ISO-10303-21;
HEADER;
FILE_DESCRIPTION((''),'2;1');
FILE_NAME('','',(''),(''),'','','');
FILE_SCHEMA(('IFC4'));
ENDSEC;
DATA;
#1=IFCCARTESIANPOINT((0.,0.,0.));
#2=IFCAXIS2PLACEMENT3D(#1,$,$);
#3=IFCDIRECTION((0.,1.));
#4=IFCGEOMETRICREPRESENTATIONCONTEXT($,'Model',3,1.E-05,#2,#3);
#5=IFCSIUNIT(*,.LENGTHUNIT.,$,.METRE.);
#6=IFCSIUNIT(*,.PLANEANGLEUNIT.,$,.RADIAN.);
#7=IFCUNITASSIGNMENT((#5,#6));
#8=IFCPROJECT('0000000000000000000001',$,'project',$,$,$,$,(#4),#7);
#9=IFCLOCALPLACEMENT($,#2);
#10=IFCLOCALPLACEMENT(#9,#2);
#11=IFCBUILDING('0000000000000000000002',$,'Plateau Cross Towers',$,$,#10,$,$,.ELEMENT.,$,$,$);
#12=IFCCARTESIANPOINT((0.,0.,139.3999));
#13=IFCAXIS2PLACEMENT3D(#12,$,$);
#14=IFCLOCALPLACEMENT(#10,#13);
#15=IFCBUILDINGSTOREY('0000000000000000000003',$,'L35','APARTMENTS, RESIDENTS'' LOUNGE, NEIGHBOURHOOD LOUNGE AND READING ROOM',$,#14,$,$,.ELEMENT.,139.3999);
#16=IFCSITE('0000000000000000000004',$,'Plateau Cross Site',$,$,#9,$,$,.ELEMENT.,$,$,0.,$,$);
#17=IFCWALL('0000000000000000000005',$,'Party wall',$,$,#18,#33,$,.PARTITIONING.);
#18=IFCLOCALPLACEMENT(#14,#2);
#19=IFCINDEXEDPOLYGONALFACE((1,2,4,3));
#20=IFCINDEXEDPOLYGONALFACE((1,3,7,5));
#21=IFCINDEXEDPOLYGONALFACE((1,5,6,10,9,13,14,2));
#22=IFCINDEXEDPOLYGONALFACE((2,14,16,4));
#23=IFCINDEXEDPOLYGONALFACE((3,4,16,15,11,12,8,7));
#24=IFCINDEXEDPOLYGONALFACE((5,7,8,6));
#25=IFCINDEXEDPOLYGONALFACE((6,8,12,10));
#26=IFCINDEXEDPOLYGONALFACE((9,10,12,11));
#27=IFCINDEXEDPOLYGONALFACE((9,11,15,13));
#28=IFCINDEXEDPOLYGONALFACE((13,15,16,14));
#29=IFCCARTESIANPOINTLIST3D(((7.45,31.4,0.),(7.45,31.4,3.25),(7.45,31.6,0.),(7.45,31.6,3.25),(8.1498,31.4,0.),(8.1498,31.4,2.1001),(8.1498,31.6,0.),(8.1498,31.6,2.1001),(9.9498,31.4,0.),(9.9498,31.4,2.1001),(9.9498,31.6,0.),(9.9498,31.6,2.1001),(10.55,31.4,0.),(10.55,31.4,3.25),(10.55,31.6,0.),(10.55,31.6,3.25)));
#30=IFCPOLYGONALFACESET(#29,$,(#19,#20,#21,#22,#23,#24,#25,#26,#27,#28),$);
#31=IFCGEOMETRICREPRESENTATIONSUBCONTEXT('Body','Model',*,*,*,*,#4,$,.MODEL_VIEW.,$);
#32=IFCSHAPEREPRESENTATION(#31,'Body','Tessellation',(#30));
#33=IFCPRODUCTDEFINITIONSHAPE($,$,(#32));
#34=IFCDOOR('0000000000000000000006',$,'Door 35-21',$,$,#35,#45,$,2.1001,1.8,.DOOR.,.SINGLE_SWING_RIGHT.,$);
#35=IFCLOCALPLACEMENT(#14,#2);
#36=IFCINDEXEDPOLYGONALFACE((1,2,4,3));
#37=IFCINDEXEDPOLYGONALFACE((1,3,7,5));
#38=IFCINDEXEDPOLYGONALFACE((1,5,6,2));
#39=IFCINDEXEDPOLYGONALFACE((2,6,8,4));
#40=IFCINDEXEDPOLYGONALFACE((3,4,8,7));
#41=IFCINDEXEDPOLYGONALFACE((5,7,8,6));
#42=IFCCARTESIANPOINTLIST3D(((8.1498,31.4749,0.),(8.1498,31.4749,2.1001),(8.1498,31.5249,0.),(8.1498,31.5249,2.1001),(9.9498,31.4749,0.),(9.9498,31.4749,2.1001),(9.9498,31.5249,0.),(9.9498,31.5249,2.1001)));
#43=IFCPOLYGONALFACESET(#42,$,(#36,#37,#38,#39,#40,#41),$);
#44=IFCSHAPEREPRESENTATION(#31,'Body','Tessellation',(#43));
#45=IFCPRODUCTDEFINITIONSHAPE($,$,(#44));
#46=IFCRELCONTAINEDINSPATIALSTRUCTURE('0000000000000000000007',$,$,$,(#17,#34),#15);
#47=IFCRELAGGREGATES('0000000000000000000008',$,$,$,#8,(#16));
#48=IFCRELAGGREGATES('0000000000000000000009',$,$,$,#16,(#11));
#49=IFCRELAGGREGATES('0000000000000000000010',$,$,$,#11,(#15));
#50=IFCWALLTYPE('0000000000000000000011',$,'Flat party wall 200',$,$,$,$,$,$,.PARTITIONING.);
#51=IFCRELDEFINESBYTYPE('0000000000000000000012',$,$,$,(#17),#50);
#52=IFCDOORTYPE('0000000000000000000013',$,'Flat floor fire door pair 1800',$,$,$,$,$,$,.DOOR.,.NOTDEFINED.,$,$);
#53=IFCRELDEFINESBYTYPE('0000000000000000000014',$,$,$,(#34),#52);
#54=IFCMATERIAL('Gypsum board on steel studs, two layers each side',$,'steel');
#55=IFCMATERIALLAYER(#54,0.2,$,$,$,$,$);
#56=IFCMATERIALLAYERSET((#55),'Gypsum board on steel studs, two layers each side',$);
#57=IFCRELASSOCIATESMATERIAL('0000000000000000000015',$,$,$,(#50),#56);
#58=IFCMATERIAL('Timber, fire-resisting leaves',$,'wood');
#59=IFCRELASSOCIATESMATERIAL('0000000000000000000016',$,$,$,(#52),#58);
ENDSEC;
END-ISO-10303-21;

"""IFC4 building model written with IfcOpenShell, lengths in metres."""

from ifc_helpers import new_model, si_unit, direction, frame, frame_2d, origin, place, context, subcontext, project, spatial, rectangle, extrude, material, layer, layer_set, type_object, element, fill, save


model = new_model("IFC4")

# Units and contexts
model_context = context("Model", 3, precision=1e-05, world=origin(), true_north=direction((0.0, 1.0)))
body_context = subcontext(model_context, "Body", "Model", "MODEL_VIEW")
ifc_project = project(units=[si_unit("LENGTHUNIT", "METRE"), si_unit("PLANEANGLEUNIT", "RADIAN")], contexts=[model_context])

# Site, building, storey
site_placement = place(None, origin())
site = spatial("IfcSite", under=ifc_project, at=site_placement, Name="Plateau Cross Site", CompositionType="ELEMENT", RefElevation=0.0)
building_placement = place(site_placement, origin())
building = spatial("IfcBuilding", under=site, at=building_placement, Name="Plateau Cross Towers", CompositionType="ELEMENT")
storey_placement = place(building_placement, frame((0.0, 0.0, 139.3999)))
storey = spatial("IfcBuildingStorey", under=building, at=storey_placement, Name="L35", Description="APARTMENTS, RESIDENTS' LOUNGE, NEIGHBOURHOOD LOUNGE AND READING ROOM", CompositionType="ELEMENT", Elevation=139.3999)

# Shared definitions
ifc_material_1 = material(Name="Gypsum board on steel studs, two layers each side", Category="steel")
ifc_layer_1 = layer(ifc_material_1, 0.2)
ifc_layer_set_1 = layer_set([ifc_layer_1], Name="Gypsum board on steel studs, two layers each side")
wall_type_1 = type_object("IfcWallType", Name="Flat party wall 200", PredefinedType="PARTITIONING", material=ifc_layer_set_1)

# Wall, opening, door
wall_1_placement = place(storey_placement, frame((7.45, 31.5, 0.0), z_axis=(0.0, 0.0, 1.0), x_axis=(1.0, 0.0, 0.0)))
wall_1 = element("IfcWall", 1, at=wall_1_placement, inside=storey, type_object=wall_type_1, Name="Party wall", PredefinedType="PARTITIONING", context=body_context, shape_type="SweptSolid", body=[
    extrude(rectangle(XDim=3.1001, YDim=0.2, at=frame_2d((1.55, 0.0))), origin(), (0.0, 0.0, 1.0), 3.25),
])
opening_1_placement = place(wall_1_placement, frame((0.7, 0.0, 0.0)))
opening_1 = element("IfcOpeningElement", 2, at=opening_1_placement, cuts=wall_1, PredefinedType="OPENING", context=body_context, shape_type="SweptSolid", body=[
    extrude(rectangle(XDim=1.8, YDim=2.1001, at=frame_2d((0.8999, 1.05))), frame((0.0, 0.1099, 0.0), z_axis=(0.0, -1.0, 0.0), x_axis=(1.0, 0.0, 0.0)), (0.0, 0.0, 1.0), 0.22),
])
ifc_material_2 = material(Name="Timber, fire-resisting leaves", Category="wood")
door_type_1 = type_object("IfcDoorType", Name="Flat floor fire door pair 1800", OperationType="NOTDEFINED", PredefinedType="DOOR", material=ifc_material_2)
door_1_placement = place(opening_1_placement, origin())
door_1 = element("IfcDoor", 3, at=door_1_placement, inside=storey, type_object=door_type_1, Name="Door 35-21", OperationType="SINGLE_SWING_RIGHT", OverallHeight=2.1001, OverallWidth=1.8, PredefinedType="DOOR", context=body_context, shape_type="SweptSolid", body=[
    extrude(rectangle(XDim=1.8, YDim=2.1001, at=frame_2d((0.8999, 1.05))), frame((0.0, 0.0249, 0.0), z_axis=(0.0, -1.0, 0.0), x_axis=(1.0, 0.0, 0.0)), (0.0, 0.0, 1.0), 0.05),
])
fill(opening_1, door_1)

save(model, "model.ifc")
